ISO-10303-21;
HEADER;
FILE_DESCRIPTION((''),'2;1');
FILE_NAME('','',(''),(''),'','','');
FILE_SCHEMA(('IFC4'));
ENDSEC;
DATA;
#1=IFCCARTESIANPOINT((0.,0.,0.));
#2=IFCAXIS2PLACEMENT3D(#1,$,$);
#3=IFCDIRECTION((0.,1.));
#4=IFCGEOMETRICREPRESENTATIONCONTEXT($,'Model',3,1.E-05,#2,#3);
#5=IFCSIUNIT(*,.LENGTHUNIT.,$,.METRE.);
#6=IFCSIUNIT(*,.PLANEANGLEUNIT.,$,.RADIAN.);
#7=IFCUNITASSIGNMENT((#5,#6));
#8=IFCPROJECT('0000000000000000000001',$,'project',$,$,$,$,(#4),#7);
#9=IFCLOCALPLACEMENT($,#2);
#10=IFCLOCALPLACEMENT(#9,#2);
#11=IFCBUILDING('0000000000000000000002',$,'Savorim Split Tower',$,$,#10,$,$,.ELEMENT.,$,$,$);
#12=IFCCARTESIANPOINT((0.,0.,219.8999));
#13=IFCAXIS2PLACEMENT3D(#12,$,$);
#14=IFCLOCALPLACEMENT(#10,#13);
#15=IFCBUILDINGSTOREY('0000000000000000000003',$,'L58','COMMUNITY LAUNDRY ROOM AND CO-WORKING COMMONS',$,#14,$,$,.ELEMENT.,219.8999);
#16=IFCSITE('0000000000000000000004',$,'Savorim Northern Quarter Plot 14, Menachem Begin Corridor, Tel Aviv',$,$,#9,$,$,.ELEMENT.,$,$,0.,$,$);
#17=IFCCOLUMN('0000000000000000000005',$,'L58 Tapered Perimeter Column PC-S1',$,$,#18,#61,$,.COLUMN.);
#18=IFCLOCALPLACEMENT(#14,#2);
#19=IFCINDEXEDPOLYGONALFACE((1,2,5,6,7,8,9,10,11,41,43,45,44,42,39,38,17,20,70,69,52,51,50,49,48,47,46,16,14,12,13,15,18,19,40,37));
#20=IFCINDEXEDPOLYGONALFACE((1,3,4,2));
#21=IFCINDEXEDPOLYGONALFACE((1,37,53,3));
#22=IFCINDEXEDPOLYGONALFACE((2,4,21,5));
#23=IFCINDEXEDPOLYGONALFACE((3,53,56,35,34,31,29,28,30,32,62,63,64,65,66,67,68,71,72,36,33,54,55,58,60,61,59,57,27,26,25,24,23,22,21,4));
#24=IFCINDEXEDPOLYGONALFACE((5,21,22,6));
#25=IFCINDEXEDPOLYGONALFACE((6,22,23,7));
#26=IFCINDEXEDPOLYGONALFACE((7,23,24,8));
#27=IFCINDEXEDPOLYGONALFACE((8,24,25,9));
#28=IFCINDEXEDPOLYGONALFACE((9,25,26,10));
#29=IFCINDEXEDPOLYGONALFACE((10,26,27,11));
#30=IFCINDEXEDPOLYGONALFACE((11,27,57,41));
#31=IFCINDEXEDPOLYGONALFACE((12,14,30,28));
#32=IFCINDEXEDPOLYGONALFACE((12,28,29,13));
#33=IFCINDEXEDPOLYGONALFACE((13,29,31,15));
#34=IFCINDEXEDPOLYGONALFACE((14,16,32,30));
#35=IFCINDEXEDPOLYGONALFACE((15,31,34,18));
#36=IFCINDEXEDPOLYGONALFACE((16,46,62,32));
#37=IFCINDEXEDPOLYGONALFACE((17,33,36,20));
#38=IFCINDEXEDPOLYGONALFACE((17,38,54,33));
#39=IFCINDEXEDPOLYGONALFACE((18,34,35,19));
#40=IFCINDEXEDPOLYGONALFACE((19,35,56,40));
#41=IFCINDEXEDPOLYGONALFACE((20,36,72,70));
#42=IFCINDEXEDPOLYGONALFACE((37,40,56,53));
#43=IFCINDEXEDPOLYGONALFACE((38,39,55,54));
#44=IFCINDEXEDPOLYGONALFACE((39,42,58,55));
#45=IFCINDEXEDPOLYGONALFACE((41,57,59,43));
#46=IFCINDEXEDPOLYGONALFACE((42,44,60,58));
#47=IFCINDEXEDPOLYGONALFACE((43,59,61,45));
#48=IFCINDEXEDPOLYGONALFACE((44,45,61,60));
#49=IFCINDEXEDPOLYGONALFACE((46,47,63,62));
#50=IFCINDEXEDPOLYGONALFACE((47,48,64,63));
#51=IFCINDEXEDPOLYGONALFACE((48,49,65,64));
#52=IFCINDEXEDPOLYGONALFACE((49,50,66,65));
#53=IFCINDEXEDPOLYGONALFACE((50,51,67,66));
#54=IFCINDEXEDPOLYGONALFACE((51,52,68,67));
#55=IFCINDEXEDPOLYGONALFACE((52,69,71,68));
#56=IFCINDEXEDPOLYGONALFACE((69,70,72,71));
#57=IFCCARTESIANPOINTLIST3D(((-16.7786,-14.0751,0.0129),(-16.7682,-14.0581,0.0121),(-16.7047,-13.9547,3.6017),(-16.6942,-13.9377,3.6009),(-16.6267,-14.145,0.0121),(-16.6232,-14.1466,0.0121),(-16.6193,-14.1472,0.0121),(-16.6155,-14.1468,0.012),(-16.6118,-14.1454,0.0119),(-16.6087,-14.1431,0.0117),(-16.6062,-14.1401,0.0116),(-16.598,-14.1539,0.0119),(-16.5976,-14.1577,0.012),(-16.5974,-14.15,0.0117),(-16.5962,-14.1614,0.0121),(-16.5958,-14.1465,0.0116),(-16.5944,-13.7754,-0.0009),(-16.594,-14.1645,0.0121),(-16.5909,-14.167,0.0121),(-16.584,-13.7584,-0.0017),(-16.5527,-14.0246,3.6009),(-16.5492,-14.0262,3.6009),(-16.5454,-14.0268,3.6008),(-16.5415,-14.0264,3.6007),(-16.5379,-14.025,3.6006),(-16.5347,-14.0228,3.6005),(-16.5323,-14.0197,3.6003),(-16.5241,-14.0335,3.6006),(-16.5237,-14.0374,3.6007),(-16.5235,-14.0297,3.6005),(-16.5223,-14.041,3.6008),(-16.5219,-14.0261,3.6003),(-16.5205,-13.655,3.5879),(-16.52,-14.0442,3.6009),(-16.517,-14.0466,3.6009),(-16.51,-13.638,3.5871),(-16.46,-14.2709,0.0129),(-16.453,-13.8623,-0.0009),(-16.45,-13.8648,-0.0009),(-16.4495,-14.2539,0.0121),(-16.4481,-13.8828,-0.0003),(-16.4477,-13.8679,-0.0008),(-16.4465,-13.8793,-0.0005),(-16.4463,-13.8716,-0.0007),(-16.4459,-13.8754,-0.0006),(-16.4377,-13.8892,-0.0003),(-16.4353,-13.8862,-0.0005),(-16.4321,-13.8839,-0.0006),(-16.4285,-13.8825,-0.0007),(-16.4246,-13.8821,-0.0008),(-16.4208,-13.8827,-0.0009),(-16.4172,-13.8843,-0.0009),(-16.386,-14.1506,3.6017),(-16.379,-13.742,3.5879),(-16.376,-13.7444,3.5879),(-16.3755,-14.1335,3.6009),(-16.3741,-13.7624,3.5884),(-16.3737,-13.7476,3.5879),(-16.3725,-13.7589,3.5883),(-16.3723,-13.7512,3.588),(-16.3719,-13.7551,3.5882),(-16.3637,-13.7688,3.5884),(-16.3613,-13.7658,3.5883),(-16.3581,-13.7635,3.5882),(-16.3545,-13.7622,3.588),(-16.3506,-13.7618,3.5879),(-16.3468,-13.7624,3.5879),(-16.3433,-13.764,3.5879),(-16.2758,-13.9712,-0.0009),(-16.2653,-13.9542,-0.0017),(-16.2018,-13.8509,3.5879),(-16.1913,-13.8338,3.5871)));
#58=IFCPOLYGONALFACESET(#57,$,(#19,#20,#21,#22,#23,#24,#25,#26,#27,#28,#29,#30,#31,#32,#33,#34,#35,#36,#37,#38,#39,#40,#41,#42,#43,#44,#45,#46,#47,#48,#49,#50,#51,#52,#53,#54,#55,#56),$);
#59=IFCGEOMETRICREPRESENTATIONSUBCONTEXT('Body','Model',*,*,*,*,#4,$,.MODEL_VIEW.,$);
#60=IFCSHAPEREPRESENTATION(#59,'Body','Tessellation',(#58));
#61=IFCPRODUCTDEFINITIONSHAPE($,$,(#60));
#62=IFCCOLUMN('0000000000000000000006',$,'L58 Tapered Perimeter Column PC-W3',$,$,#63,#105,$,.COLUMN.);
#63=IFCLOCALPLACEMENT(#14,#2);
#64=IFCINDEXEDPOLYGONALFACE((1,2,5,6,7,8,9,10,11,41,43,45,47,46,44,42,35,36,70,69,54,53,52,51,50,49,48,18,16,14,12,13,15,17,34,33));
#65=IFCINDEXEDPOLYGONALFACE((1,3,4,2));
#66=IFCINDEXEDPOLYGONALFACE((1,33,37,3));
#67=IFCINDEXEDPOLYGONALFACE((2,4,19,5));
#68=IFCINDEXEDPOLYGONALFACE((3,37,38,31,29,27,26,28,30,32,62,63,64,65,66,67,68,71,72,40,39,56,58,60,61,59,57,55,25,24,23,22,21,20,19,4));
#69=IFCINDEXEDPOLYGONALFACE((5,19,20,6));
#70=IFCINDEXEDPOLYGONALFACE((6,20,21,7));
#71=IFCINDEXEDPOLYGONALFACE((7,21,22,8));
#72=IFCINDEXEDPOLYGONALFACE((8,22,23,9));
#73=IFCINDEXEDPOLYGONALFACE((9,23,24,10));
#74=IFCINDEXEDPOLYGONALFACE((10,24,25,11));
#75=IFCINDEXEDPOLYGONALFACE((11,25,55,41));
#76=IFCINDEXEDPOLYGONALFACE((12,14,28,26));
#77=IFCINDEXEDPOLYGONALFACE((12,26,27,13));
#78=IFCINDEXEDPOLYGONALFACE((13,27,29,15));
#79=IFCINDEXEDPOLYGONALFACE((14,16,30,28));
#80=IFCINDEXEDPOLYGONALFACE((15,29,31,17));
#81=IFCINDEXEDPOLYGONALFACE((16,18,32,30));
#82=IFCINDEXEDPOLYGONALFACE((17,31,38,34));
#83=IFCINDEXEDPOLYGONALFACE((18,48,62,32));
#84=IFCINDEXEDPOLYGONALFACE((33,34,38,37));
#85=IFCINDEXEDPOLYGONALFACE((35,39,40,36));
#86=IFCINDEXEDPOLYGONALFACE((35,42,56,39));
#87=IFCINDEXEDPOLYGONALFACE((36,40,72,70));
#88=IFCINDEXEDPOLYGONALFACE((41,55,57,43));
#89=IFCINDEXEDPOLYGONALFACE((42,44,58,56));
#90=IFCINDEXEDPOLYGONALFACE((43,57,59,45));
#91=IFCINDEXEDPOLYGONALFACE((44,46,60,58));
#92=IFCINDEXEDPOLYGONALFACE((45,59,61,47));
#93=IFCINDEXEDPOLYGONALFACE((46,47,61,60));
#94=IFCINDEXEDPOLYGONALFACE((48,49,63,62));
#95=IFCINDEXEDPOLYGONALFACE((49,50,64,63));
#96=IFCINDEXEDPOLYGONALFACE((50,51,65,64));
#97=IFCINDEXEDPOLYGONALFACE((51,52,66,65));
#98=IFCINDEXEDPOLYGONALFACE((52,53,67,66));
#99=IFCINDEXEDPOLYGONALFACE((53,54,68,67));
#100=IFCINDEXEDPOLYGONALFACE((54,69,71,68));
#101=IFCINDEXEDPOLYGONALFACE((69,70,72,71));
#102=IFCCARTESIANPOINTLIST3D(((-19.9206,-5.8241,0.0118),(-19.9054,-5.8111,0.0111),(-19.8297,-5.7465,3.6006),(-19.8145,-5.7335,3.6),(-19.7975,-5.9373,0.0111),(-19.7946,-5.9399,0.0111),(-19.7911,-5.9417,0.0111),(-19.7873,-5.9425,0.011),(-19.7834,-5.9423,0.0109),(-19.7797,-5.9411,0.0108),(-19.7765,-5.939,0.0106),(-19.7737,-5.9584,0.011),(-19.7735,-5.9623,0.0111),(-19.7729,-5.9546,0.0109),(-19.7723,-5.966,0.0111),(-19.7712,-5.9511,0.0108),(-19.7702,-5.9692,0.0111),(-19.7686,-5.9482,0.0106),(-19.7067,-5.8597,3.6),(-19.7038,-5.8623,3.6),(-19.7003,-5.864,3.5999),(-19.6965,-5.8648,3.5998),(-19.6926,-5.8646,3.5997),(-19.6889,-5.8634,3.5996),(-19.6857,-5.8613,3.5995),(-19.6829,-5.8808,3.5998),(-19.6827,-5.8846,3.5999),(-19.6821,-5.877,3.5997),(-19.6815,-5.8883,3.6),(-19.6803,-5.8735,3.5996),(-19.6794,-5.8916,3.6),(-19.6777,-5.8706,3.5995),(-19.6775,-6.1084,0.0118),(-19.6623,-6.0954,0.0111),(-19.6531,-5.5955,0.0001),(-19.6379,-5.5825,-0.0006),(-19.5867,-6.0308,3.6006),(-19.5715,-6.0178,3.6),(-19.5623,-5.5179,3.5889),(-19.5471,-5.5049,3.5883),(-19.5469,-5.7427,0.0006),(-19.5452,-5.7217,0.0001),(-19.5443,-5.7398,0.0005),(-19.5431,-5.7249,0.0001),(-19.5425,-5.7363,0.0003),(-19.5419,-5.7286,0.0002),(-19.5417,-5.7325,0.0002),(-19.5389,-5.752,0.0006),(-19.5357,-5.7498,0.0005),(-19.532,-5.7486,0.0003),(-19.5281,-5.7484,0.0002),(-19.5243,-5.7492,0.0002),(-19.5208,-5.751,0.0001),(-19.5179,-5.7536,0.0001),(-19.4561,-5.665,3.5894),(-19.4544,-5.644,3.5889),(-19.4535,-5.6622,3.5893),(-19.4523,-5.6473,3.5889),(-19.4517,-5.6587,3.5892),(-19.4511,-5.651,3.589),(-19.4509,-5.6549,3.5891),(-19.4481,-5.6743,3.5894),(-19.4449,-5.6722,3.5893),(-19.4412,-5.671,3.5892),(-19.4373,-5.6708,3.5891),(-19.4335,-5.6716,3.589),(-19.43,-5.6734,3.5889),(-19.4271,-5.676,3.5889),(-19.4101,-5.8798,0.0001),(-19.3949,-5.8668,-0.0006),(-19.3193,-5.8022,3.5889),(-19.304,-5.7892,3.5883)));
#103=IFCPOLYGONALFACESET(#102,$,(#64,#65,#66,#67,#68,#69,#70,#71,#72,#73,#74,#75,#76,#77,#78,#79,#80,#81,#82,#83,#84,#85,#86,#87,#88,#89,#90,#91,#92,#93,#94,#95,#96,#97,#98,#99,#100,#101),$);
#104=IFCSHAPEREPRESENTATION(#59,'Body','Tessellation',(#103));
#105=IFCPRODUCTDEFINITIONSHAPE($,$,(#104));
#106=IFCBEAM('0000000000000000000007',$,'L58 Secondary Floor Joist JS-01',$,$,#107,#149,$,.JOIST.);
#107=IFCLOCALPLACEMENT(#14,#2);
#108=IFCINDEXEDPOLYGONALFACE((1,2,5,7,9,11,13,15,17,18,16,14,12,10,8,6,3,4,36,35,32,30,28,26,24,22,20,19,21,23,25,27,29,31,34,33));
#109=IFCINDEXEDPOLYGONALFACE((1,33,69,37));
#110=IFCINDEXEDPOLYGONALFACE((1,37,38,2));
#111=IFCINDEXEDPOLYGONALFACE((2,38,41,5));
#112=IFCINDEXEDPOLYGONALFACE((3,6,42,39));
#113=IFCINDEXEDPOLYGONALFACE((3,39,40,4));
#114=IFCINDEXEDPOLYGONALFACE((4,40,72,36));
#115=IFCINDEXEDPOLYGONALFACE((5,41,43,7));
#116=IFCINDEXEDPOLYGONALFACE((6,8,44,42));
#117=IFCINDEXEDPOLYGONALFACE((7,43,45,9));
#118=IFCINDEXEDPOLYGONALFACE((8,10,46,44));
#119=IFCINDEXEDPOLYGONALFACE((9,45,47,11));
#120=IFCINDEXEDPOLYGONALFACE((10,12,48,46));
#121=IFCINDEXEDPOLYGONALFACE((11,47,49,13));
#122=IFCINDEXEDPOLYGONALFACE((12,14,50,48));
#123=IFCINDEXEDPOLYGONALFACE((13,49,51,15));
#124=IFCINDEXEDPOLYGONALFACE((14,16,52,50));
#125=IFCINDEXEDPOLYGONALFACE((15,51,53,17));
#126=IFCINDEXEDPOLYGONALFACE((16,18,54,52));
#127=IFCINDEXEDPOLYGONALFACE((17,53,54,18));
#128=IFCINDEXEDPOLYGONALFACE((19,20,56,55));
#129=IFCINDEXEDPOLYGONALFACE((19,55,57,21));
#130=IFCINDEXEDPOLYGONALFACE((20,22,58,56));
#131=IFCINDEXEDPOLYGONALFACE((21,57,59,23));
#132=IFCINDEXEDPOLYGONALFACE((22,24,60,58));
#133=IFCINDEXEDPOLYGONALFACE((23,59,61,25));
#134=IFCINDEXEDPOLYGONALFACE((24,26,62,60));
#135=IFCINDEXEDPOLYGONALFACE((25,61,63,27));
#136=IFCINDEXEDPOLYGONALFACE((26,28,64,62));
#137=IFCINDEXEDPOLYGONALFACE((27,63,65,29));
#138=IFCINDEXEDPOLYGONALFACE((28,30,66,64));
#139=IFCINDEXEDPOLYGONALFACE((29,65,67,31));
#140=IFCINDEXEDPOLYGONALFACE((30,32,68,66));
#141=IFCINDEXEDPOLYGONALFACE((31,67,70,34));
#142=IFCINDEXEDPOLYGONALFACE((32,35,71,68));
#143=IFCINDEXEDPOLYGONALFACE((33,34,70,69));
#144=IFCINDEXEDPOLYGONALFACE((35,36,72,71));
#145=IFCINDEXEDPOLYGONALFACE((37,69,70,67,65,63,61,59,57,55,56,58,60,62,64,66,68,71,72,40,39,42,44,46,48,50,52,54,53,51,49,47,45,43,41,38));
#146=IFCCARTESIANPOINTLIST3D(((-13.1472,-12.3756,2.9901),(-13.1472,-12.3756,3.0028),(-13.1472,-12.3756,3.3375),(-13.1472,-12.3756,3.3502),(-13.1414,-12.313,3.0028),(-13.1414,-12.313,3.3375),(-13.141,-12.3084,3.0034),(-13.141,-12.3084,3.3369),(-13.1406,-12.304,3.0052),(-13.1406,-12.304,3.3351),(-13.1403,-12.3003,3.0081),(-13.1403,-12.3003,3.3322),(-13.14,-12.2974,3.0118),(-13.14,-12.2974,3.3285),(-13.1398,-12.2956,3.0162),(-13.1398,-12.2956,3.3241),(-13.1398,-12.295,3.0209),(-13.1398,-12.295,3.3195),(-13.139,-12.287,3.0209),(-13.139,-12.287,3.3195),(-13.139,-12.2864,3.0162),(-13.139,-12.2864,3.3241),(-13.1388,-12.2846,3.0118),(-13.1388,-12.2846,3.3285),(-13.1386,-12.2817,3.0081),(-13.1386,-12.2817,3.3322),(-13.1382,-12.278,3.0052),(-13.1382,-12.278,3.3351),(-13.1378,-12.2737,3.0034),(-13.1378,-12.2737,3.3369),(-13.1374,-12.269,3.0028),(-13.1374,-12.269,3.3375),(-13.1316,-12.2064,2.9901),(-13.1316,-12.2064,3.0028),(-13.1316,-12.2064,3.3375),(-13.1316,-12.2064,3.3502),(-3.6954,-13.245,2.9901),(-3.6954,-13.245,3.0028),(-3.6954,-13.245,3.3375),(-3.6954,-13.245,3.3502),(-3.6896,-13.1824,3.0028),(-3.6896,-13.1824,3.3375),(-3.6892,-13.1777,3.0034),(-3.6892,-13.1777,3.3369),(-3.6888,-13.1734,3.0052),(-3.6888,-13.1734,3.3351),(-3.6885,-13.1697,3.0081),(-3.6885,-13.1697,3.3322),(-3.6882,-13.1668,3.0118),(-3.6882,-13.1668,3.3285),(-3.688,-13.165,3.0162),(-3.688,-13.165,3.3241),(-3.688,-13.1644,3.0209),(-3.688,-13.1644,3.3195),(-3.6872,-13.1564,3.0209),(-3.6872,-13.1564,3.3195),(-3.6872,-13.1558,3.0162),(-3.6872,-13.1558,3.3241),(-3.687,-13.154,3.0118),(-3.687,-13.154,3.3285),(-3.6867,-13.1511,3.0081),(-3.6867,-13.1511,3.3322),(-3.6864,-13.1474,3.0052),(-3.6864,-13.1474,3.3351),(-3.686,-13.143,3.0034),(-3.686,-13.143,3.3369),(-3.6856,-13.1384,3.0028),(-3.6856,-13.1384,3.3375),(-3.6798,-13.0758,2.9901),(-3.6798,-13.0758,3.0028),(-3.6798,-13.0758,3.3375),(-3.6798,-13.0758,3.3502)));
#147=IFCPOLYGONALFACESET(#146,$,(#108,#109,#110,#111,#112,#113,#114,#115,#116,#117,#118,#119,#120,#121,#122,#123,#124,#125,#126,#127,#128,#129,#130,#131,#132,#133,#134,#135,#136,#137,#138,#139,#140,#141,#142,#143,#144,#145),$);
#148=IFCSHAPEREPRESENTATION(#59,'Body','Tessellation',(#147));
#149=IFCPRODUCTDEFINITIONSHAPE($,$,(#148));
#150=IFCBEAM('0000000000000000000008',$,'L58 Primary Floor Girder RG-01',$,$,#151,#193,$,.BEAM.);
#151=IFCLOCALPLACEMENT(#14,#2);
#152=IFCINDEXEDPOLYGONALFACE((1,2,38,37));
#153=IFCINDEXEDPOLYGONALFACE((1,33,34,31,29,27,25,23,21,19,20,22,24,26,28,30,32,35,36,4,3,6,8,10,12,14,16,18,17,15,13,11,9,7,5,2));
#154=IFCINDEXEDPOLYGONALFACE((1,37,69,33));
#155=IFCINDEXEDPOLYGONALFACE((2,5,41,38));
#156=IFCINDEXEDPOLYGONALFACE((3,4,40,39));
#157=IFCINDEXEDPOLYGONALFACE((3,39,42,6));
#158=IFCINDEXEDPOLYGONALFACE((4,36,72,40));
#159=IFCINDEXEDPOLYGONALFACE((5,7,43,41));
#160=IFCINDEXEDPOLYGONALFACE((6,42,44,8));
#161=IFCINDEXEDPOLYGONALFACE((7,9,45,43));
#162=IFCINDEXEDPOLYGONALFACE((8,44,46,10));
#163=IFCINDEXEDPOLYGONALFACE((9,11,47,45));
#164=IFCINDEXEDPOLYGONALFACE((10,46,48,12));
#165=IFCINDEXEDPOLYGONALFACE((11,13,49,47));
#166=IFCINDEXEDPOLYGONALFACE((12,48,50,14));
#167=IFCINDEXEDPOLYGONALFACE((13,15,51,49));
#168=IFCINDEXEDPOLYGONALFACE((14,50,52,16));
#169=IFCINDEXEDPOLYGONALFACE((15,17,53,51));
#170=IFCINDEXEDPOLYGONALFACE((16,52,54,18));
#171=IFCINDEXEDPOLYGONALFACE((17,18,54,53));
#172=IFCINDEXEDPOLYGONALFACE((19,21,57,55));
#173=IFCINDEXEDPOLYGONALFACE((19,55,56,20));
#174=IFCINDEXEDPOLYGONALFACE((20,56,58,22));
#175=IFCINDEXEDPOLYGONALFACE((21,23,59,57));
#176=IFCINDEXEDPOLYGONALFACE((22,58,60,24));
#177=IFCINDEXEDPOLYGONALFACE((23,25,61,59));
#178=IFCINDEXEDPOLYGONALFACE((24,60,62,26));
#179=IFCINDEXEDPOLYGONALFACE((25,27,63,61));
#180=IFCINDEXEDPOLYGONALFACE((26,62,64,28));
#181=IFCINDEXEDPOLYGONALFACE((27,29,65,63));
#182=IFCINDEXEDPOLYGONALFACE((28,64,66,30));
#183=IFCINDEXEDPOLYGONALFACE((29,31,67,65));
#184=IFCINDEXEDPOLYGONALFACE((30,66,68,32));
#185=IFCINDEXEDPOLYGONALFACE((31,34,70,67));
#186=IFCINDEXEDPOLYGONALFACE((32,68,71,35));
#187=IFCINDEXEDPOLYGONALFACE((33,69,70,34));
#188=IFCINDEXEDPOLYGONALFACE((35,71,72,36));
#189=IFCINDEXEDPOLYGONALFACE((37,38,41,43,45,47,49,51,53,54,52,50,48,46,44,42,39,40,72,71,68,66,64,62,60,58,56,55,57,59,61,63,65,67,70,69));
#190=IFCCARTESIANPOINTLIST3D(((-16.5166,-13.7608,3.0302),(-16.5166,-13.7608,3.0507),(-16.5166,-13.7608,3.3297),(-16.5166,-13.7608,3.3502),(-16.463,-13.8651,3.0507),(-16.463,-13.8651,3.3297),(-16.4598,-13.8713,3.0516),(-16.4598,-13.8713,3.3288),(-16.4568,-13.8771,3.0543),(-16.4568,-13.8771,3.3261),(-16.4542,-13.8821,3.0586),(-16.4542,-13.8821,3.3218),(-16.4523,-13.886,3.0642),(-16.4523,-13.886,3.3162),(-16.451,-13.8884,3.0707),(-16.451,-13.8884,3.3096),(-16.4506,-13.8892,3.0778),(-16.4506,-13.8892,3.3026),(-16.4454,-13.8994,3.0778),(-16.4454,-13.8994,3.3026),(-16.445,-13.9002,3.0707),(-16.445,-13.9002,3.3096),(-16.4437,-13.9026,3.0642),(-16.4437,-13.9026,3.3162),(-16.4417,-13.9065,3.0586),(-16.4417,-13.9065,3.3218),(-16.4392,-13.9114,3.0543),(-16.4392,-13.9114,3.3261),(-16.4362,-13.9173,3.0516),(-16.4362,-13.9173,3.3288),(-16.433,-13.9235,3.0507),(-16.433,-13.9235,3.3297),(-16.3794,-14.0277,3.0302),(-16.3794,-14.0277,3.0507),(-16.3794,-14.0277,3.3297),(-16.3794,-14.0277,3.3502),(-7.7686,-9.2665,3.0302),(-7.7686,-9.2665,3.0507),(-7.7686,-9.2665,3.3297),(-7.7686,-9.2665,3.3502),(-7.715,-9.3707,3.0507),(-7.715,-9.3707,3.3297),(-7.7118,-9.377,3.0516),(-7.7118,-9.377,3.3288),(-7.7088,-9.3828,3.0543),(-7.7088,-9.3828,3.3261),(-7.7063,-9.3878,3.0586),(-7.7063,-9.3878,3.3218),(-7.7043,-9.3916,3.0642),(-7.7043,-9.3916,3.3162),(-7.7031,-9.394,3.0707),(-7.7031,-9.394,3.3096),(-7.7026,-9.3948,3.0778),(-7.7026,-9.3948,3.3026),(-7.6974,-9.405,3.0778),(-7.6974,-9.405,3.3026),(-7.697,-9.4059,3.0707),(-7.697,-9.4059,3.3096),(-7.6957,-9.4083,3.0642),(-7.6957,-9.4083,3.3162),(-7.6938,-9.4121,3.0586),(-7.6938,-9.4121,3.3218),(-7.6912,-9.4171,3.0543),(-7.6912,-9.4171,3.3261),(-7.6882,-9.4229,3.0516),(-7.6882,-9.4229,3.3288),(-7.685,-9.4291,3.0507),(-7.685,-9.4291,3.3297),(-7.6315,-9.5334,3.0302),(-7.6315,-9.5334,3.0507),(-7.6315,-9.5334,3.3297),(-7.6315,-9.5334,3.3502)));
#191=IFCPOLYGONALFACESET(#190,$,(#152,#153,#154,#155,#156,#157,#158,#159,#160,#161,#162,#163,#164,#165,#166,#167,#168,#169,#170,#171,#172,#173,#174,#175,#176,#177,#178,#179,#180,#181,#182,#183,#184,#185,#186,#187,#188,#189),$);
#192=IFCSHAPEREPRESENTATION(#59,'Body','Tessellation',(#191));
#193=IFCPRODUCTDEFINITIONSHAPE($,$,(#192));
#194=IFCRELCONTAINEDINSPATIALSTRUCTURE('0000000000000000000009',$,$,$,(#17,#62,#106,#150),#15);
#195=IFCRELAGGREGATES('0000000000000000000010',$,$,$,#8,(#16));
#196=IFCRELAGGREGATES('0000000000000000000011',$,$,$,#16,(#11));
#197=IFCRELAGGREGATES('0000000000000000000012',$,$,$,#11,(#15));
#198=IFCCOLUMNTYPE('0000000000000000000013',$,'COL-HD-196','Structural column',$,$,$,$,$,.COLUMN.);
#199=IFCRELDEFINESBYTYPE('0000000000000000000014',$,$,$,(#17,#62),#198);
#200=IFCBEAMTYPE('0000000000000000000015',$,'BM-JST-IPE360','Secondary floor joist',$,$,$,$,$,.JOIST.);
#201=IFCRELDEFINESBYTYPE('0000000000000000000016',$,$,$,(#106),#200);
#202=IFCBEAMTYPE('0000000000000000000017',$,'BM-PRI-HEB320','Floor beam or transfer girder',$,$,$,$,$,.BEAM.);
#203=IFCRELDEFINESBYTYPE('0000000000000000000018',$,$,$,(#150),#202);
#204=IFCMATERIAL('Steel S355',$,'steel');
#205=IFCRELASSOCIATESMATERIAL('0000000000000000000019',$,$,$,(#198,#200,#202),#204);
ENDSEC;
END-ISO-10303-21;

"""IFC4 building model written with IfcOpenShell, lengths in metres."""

from ifc_helpers import new_model, si_unit, direction, frame, origin, origin_2d, place, context, subcontext, project, spatial, i_section, extrude, material, material_profile, profile_set, type_object, element, save


model = new_model("IFC4")

# Units and contexts
model_context = context("Model", 3, precision=1e-05, world=origin(), true_north=direction((0.0, 1.0)))
body_context = subcontext(model_context, "Body", "Model", "MODEL_VIEW")
ifc_project = project(units=[si_unit("LENGTHUNIT", "METRE"), si_unit("PLANEANGLEUNIT", "RADIAN")], contexts=[model_context])

# Site, building, storey
site_placement = place(None, origin())
site = spatial("IfcSite", under=ifc_project, at=site_placement, Name="Savorim Northern Quarter Plot 14, Menachem Begin Corridor, Tel Aviv", CompositionType="ELEMENT", RefElevation=0.0)
building_placement = place(site_placement, origin())
building = spatial("IfcBuilding", under=site, at=building_placement, Name="Savorim Split Tower", CompositionType="ELEMENT")
storey_placement = place(building_placement, frame((0.0, 0.0, 219.8999)))
storey = spatial("IfcBuildingStorey", under=building, at=storey_placement, Name="L58", Description="COMMUNITY LAUNDRY ROOM AND CO-WORKING COMMONS", CompositionType="ELEMENT", Elevation=219.8999)

# Columns
ifc_material_1 = material(Name="Steel S355", Category="steel")
ifc_material_profile_1 = material_profile(ifc_material_1, i_section(OverallWidth=0.374, OverallDepth=0.3721, WebThickness=0.0122, FlangeThickness=0.02, FilletRadius=0.0149, at=origin_2d()), Name="HD 360x196")
ifc_profile_set_1 = profile_set([ifc_material_profile_1], Name="Steel S355")
column_type = type_object("IfcColumnType", Name="COL-HD-196", Description="Structural column", PredefinedType="COLUMN", material=ifc_profile_set_1)
column_1_placement = place(storey_placement, frame((-16.522, -14.0146, 0.0056), z_axis=(0.020596, 0.033511, 0.999226), x_axis=(-0.851955, 0.523615, 0.0)))
element("IfcColumn", 1, at=column_1_placement, inside=storey, type_object=column_type, Name="L58 Tapered Perimeter Column PC-S1", PredefinedType="COLUMN", context=body_context, shape_type="SweptSolid", body=[
    extrude(i_section(OverallWidth=0.374, OverallDepth=0.3721, WebThickness=0.0122, FlangeThickness=0.02, FilletRadius=0.0149, at=origin_2d()), origin(), (0.0, 0.0, 1.0), 3.5916),
])
column_2_placement = place(storey_placement, frame((-19.6577, -5.8455, 0.0056), z_axis=(0.025292, 0.021621, 0.999446), x_axis=(-0.649781, 0.760121, 0.0)))
element("IfcColumn", 2, at=column_2_placement, inside=storey, type_object=column_type, Name="L58 Tapered Perimeter Column PC-W3", PredefinedType="COLUMN", context=body_context, shape_type="SweptSolid", body=[
    extrude(i_section(OverallWidth=0.374, OverallDepth=0.3721, WebThickness=0.0122, FlangeThickness=0.02, FilletRadius=0.0149, at=origin_2d()), origin(), (0.0, 0.0, 1.0), 3.5908),
])

# Beams
ifc_material_profile_2 = material_profile(ifc_material_1, i_section(OverallWidth=0.1699, OverallDepth=0.3601, WebThickness=0.0081, FlangeThickness=0.0127, FilletRadius=0.0181, at=origin_2d()), Name="IPE 360")
ifc_profile_set_2 = profile_set([ifc_material_profile_2], Name="Steel S355")
beam_type_1 = type_object("IfcBeamType", Name="BM-JST-IPE360", Description="Secondary floor joist", PredefinedType="JOIST", material=ifc_profile_set_2)
beam_1_placement = place(storey_placement, frame((-13.1394, -12.291, 3.1702), z_axis=(0.995797, -0.091593, 0.0), x_axis=(0.091593, 0.995797, 0.0)))
element("IfcBeam", 3, at=beam_1_placement, inside=storey, type_object=beam_type_1, Name="L58 Secondary Floor Joist JS-01", PredefinedType="JOIST", context=body_context, shape_type="SweptSolid", body=[
    extrude(i_section(OverallWidth=0.1699, OverallDepth=0.3601, WebThickness=0.0081, FlangeThickness=0.0127, FilletRadius=0.0181, at=origin_2d()), origin(), (0.0, 0.0, 1.0), 9.4917),
])
ifc_material_profile_3 = material_profile(ifc_material_1, i_section(OverallWidth=0.3, OverallDepth=0.3201, WebThickness=0.0115, FlangeThickness=0.0205, FilletRadius=0.0271, at=origin_2d()), Name="HEB 320")
ifc_profile_set_3 = profile_set([ifc_material_profile_3], Name="Steel S355")
beam_type_2 = type_object("IfcBeamType", Name="BM-PRI-HEB320", Description="Floor beam or transfer girder", PredefinedType="BEAM", material=ifc_profile_set_3)
beam_2_placement = place(storey_placement, frame((-16.448, -13.8943, 3.1902), z_axis=(0.889478, 0.456977, 0.0), x_axis=(-0.456977, 0.889478, 0.0)))
element("IfcBeam", 4, at=beam_2_placement, inside=storey, type_object=beam_type_2, Name="L58 Primary Floor Girder RG-01", PredefinedType="BEAM", context=body_context, shape_type="SweptSolid", body=[
    extrude(i_section(OverallWidth=0.3, OverallDepth=0.3201, WebThickness=0.0115, FlangeThickness=0.0205, FilletRadius=0.0271, at=origin_2d()), origin(), (0.0, 0.0, 1.0), 9.835),
])

save(model, "model.ifc")
